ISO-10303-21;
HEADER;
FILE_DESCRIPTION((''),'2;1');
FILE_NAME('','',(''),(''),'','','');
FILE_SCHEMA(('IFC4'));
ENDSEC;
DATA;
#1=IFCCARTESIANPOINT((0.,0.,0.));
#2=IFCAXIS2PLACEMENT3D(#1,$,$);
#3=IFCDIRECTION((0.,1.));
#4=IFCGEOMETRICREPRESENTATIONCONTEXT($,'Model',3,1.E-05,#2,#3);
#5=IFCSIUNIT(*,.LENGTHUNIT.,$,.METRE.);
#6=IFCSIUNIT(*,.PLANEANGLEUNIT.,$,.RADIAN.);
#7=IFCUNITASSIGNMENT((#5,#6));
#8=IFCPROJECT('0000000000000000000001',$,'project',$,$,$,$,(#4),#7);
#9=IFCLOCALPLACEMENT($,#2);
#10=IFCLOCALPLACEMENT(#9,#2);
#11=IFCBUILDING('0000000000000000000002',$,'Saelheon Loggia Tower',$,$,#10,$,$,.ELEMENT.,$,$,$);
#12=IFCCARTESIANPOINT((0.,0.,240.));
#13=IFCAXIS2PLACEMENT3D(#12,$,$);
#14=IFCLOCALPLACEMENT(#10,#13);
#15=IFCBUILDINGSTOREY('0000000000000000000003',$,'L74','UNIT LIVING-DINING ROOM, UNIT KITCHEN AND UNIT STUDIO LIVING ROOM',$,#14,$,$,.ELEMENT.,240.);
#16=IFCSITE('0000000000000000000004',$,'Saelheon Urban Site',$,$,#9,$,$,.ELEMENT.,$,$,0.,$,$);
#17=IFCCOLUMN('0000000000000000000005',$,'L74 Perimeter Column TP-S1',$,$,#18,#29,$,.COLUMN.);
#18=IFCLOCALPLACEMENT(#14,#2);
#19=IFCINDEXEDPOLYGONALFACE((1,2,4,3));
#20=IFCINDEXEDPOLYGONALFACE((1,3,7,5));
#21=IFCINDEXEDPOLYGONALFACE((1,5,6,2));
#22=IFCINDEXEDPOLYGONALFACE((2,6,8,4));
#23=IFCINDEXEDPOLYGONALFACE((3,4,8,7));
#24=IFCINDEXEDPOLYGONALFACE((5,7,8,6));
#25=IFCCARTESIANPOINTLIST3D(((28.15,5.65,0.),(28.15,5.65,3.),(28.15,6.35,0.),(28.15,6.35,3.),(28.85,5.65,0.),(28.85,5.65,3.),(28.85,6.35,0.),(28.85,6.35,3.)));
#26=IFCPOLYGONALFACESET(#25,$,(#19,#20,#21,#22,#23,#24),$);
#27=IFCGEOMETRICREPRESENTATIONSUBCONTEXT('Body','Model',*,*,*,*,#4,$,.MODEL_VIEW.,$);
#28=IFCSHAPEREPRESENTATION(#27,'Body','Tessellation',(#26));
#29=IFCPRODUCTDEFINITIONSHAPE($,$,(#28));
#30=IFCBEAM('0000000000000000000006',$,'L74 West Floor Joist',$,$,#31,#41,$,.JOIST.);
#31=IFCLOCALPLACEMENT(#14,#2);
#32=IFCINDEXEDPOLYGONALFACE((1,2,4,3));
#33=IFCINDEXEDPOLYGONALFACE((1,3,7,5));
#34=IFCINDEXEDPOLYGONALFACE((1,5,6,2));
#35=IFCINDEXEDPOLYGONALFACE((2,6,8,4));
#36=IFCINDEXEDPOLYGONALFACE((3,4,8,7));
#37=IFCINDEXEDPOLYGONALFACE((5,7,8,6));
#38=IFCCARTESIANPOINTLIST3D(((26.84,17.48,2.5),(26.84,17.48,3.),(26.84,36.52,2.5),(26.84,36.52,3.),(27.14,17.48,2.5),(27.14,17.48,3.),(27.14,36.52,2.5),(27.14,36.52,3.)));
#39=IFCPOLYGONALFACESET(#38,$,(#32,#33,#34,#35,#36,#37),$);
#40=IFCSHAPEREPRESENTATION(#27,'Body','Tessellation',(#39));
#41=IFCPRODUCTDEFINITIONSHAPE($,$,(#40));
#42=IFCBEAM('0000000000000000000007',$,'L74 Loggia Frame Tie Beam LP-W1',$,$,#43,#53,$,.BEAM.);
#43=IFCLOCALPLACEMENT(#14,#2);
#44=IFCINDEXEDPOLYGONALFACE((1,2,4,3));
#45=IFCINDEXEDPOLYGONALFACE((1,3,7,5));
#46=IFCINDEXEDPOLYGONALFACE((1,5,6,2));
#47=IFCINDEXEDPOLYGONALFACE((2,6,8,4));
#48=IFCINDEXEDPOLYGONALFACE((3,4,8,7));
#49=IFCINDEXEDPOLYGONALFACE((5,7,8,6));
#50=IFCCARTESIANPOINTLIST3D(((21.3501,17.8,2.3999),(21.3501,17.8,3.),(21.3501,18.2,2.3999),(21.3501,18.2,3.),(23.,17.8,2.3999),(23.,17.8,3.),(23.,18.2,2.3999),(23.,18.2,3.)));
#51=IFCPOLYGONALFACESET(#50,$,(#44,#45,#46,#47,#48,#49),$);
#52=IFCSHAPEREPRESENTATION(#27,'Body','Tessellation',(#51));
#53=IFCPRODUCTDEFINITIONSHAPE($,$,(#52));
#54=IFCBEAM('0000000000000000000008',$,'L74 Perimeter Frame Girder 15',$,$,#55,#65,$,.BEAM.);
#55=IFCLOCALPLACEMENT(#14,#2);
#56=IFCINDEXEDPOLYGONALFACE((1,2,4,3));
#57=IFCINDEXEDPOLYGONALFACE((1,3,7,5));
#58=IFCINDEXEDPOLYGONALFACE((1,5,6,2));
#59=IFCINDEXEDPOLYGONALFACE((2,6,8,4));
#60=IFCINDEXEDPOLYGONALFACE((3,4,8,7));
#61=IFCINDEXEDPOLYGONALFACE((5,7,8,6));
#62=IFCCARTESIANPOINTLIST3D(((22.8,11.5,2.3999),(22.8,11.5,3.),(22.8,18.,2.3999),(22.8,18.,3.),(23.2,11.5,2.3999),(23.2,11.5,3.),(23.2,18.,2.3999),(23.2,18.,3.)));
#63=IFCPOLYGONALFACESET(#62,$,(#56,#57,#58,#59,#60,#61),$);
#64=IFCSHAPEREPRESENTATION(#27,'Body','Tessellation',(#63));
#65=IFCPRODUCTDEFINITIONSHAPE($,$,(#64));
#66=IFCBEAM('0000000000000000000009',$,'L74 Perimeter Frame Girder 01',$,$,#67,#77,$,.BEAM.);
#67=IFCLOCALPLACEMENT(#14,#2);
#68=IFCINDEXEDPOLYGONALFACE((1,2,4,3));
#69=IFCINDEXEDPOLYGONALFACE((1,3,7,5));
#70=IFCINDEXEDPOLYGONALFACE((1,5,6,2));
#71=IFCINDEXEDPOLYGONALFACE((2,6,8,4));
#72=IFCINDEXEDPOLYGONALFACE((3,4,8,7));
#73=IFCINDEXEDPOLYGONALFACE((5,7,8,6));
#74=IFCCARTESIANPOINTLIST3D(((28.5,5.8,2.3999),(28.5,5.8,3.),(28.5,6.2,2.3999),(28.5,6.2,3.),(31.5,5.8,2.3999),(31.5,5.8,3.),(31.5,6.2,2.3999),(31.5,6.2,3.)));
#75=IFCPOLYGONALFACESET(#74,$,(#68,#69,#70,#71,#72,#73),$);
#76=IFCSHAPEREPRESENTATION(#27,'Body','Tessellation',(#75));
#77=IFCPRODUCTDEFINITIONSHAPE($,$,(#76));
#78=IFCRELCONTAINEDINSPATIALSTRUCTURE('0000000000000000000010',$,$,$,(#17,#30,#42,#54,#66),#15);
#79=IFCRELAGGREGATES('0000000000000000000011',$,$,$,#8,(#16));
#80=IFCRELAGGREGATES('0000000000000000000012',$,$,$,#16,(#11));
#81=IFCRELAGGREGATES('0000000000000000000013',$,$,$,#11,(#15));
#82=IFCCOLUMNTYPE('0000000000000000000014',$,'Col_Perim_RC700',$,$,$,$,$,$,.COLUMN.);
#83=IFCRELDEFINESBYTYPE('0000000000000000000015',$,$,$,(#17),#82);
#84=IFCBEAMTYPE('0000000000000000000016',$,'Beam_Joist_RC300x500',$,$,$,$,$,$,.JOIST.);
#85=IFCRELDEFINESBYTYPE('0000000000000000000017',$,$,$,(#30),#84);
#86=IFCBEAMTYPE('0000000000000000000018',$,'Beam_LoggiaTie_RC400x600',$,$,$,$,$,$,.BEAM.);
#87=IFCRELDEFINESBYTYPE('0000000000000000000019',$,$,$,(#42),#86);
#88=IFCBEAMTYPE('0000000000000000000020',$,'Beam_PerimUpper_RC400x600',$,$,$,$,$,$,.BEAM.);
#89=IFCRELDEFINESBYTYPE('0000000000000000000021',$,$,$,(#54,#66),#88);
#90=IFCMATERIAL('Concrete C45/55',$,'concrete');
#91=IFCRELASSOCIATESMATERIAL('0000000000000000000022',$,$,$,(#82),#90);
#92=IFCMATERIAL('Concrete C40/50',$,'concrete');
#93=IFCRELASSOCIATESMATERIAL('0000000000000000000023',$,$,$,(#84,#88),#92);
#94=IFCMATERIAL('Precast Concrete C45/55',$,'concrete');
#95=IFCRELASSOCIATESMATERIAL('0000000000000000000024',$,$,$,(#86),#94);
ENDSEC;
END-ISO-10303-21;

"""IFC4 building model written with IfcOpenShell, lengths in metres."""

from ifc_helpers import new_model, si_unit, direction, frame, origin, origin_2d, place, context, subcontext, project, spatial, rectangle, extrude, source, transform, mapped, material, material_profile, profile_set, type_object, element, save


model = new_model("IFC4")

# Units and contexts
model_context = context("Model", 3, precision=1e-05, world=origin(), true_north=direction((0.0, 1.0)))
body_context = subcontext(model_context, "Body", "Model", "MODEL_VIEW")
ifc_project = project(units=[si_unit("LENGTHUNIT", "METRE"), si_unit("PLANEANGLEUNIT", "RADIAN")], contexts=[model_context])

# Site, building, storey
site_placement = place(None, origin())
site = spatial("IfcSite", under=ifc_project, at=site_placement, Name="Saelheon Urban Site", CompositionType="ELEMENT", RefElevation=0.0)
building_placement = place(site_placement, origin())
building = spatial("IfcBuilding", under=site, at=building_placement, Name="Saelheon Loggia Tower", CompositionType="ELEMENT")
storey_placement = place(building_placement, frame((0.0, 0.0, 240.0)))
storey = spatial("IfcBuildingStorey", under=building, at=storey_placement, Name="L74", Description="UNIT LIVING-DINING ROOM, UNIT KITCHEN AND UNIT STUDIO LIVING ROOM", CompositionType="ELEMENT", Elevation=240.0)

# Column
ifc_material_1 = material(Name="Concrete C45/55", Category="concrete")
ifc_material_profile_1 = material_profile(ifc_material_1, rectangle(XDim=0.7, YDim=0.7, at=origin_2d()), Name="RC-700x700")
ifc_profile_set_1 = profile_set([ifc_material_profile_1], Name="Concrete C45/55")
column_type = type_object("IfcColumnType", Name="Col_Perim_RC700", PredefinedType="COLUMN", material=ifc_profile_set_1)
shared_shape_1 = source(origin(), body_context, "Body", "SweptSolid", [
    extrude(rectangle(XDim=0.7, YDim=0.7, at=origin_2d()), origin(), (0.0, 0.0, 1.0), 3.0),
])
column_placement = place(storey_placement, frame((28.5, 6.0, 0.0), z_axis=(0.0, 0.0, 1.0), x_axis=(1.0, 0.0, 0.0)))
element("IfcColumn", 1, at=column_placement, inside=storey, type_object=column_type, Name="L74 Perimeter Column TP-S1", PredefinedType="COLUMN", context=body_context, shape_type="MappedRepresentation", body=[
    mapped(shared_shape_1, transform((0.0, 0.0, 0.0), scale=1.0)),
])

# Beams
ifc_material_2 = material(Name="Concrete C40/50", Category="concrete")
ifc_material_profile_2 = material_profile(ifc_material_2, rectangle(XDim=0.3, YDim=0.5, at=origin_2d()), Name="RC-300x500")
ifc_profile_set_2 = profile_set([ifc_material_profile_2], Name="Concrete C40/50")
beam_type_1 = type_object("IfcBeamType", Name="Beam_Joist_RC300x500", PredefinedType="JOIST", material=ifc_profile_set_2)
shared_shape_2 = source(origin(), body_context, "Body", "SweptSolid", [
    extrude(rectangle(XDim=0.3, YDim=0.5, at=origin_2d()), origin(), (0.0, 0.0, 1.0), 19.04),
])
beam_1_placement = place(storey_placement, frame((26.99, 17.48, 2.75), z_axis=(0.0, 1.0, 0.0), x_axis=(-1.0, 0.0, 0.0)))
element("IfcBeam", 2, at=beam_1_placement, inside=storey, type_object=beam_type_1, Name="L74 West Floor Joist", PredefinedType="JOIST", context=body_context, shape_type="MappedRepresentation", body=[
    mapped(shared_shape_2, transform((0.0, 0.0, 0.0), scale=1.0)),
])
ifc_material_3 = material(Name="Precast Concrete C45/55", Category="concrete")
ifc_material_profile_3 = material_profile(ifc_material_3, rectangle(XDim=0.3999, YDim=0.6001, at=origin_2d()), Name="RC-400x600")
ifc_profile_set_3 = profile_set([ifc_material_profile_3], Name="Precast Concrete C45/55")
beam_type_2 = type_object("IfcBeamType", Name="Beam_LoggiaTie_RC400x600", PredefinedType="BEAM", material=ifc_profile_set_3)
shared_shape_3 = source(origin(), body_context, "Body", "SweptSolid", [
    extrude(rectangle(XDim=0.3999, YDim=0.6001, at=origin_2d()), origin(), (0.0, 0.0, 1.0), 1.6499),
])
beam_2_placement = place(storey_placement, frame((23.0, 18.0, 2.7), z_axis=(-1.0, 0.0, 0.0), x_axis=(0.0, -1.0, 0.0)))
element("IfcBeam", 3, at=beam_2_placement, inside=storey, type_object=beam_type_2, Name="L74 Loggia Frame Tie Beam LP-W1", PredefinedType="BEAM", context=body_context, shape_type="MappedRepresentation", body=[
    mapped(shared_shape_3, transform((0.0, 0.0, 0.0), scale=1.0)),
])
ifc_material_profile_4 = material_profile(ifc_material_2, rectangle(XDim=0.3999, YDim=0.6001, at=origin_2d()), Name="RC-400x600")
ifc_profile_set_4 = profile_set([ifc_material_profile_4], Name="Concrete C40/50")
beam_type_3 = type_object("IfcBeamType", Name="Beam_PerimUpper_RC400x600", PredefinedType="BEAM", material=ifc_profile_set_4)
shared_shape_4 = source(origin(), body_context, "Body", "SweptSolid", [
    extrude(rectangle(XDim=0.3999, YDim=0.6001, at=origin_2d()), origin(), (0.0, 0.0, 1.0), 6.5),
])
beam_3_placement = place(storey_placement, frame((23.0, 18.0, 2.7), z_axis=(0.0, -1.0, 0.0), x_axis=(1.0, 0.0, 0.0)))
element("IfcBeam", 4, at=beam_3_placement, inside=storey, type_object=beam_type_3, Name="L74 Perimeter Frame Girder 15", PredefinedType="BEAM", context=body_context, shape_type="MappedRepresentation", body=[
    mapped(shared_shape_4, transform((0.0, 0.0, 0.0), scale=1.0)),
])
shared_shape_5 = source(origin(), body_context, "Body", "SweptSolid", [
    extrude(rectangle(XDim=0.3999, YDim=0.6001, at=origin_2d()), origin(), (0.0, 0.0, 1.0), 3.0),
])
beam_4_placement = place(storey_placement, frame((28.5, 6.0, 2.7), z_axis=(1.0, 0.0, 0.0), x_axis=(0.0, 1.0, 0.0)))
element("IfcBeam", 5, at=beam_4_placement, inside=storey, type_object=beam_type_3, Name="L74 Perimeter Frame Girder 01", PredefinedType="BEAM", context=body_context, shape_type="MappedRepresentation", body=[
    mapped(shared_shape_5, transform((0.0, 0.0, 0.0), scale=1.0)),
])

save(model, "model.ifc")
